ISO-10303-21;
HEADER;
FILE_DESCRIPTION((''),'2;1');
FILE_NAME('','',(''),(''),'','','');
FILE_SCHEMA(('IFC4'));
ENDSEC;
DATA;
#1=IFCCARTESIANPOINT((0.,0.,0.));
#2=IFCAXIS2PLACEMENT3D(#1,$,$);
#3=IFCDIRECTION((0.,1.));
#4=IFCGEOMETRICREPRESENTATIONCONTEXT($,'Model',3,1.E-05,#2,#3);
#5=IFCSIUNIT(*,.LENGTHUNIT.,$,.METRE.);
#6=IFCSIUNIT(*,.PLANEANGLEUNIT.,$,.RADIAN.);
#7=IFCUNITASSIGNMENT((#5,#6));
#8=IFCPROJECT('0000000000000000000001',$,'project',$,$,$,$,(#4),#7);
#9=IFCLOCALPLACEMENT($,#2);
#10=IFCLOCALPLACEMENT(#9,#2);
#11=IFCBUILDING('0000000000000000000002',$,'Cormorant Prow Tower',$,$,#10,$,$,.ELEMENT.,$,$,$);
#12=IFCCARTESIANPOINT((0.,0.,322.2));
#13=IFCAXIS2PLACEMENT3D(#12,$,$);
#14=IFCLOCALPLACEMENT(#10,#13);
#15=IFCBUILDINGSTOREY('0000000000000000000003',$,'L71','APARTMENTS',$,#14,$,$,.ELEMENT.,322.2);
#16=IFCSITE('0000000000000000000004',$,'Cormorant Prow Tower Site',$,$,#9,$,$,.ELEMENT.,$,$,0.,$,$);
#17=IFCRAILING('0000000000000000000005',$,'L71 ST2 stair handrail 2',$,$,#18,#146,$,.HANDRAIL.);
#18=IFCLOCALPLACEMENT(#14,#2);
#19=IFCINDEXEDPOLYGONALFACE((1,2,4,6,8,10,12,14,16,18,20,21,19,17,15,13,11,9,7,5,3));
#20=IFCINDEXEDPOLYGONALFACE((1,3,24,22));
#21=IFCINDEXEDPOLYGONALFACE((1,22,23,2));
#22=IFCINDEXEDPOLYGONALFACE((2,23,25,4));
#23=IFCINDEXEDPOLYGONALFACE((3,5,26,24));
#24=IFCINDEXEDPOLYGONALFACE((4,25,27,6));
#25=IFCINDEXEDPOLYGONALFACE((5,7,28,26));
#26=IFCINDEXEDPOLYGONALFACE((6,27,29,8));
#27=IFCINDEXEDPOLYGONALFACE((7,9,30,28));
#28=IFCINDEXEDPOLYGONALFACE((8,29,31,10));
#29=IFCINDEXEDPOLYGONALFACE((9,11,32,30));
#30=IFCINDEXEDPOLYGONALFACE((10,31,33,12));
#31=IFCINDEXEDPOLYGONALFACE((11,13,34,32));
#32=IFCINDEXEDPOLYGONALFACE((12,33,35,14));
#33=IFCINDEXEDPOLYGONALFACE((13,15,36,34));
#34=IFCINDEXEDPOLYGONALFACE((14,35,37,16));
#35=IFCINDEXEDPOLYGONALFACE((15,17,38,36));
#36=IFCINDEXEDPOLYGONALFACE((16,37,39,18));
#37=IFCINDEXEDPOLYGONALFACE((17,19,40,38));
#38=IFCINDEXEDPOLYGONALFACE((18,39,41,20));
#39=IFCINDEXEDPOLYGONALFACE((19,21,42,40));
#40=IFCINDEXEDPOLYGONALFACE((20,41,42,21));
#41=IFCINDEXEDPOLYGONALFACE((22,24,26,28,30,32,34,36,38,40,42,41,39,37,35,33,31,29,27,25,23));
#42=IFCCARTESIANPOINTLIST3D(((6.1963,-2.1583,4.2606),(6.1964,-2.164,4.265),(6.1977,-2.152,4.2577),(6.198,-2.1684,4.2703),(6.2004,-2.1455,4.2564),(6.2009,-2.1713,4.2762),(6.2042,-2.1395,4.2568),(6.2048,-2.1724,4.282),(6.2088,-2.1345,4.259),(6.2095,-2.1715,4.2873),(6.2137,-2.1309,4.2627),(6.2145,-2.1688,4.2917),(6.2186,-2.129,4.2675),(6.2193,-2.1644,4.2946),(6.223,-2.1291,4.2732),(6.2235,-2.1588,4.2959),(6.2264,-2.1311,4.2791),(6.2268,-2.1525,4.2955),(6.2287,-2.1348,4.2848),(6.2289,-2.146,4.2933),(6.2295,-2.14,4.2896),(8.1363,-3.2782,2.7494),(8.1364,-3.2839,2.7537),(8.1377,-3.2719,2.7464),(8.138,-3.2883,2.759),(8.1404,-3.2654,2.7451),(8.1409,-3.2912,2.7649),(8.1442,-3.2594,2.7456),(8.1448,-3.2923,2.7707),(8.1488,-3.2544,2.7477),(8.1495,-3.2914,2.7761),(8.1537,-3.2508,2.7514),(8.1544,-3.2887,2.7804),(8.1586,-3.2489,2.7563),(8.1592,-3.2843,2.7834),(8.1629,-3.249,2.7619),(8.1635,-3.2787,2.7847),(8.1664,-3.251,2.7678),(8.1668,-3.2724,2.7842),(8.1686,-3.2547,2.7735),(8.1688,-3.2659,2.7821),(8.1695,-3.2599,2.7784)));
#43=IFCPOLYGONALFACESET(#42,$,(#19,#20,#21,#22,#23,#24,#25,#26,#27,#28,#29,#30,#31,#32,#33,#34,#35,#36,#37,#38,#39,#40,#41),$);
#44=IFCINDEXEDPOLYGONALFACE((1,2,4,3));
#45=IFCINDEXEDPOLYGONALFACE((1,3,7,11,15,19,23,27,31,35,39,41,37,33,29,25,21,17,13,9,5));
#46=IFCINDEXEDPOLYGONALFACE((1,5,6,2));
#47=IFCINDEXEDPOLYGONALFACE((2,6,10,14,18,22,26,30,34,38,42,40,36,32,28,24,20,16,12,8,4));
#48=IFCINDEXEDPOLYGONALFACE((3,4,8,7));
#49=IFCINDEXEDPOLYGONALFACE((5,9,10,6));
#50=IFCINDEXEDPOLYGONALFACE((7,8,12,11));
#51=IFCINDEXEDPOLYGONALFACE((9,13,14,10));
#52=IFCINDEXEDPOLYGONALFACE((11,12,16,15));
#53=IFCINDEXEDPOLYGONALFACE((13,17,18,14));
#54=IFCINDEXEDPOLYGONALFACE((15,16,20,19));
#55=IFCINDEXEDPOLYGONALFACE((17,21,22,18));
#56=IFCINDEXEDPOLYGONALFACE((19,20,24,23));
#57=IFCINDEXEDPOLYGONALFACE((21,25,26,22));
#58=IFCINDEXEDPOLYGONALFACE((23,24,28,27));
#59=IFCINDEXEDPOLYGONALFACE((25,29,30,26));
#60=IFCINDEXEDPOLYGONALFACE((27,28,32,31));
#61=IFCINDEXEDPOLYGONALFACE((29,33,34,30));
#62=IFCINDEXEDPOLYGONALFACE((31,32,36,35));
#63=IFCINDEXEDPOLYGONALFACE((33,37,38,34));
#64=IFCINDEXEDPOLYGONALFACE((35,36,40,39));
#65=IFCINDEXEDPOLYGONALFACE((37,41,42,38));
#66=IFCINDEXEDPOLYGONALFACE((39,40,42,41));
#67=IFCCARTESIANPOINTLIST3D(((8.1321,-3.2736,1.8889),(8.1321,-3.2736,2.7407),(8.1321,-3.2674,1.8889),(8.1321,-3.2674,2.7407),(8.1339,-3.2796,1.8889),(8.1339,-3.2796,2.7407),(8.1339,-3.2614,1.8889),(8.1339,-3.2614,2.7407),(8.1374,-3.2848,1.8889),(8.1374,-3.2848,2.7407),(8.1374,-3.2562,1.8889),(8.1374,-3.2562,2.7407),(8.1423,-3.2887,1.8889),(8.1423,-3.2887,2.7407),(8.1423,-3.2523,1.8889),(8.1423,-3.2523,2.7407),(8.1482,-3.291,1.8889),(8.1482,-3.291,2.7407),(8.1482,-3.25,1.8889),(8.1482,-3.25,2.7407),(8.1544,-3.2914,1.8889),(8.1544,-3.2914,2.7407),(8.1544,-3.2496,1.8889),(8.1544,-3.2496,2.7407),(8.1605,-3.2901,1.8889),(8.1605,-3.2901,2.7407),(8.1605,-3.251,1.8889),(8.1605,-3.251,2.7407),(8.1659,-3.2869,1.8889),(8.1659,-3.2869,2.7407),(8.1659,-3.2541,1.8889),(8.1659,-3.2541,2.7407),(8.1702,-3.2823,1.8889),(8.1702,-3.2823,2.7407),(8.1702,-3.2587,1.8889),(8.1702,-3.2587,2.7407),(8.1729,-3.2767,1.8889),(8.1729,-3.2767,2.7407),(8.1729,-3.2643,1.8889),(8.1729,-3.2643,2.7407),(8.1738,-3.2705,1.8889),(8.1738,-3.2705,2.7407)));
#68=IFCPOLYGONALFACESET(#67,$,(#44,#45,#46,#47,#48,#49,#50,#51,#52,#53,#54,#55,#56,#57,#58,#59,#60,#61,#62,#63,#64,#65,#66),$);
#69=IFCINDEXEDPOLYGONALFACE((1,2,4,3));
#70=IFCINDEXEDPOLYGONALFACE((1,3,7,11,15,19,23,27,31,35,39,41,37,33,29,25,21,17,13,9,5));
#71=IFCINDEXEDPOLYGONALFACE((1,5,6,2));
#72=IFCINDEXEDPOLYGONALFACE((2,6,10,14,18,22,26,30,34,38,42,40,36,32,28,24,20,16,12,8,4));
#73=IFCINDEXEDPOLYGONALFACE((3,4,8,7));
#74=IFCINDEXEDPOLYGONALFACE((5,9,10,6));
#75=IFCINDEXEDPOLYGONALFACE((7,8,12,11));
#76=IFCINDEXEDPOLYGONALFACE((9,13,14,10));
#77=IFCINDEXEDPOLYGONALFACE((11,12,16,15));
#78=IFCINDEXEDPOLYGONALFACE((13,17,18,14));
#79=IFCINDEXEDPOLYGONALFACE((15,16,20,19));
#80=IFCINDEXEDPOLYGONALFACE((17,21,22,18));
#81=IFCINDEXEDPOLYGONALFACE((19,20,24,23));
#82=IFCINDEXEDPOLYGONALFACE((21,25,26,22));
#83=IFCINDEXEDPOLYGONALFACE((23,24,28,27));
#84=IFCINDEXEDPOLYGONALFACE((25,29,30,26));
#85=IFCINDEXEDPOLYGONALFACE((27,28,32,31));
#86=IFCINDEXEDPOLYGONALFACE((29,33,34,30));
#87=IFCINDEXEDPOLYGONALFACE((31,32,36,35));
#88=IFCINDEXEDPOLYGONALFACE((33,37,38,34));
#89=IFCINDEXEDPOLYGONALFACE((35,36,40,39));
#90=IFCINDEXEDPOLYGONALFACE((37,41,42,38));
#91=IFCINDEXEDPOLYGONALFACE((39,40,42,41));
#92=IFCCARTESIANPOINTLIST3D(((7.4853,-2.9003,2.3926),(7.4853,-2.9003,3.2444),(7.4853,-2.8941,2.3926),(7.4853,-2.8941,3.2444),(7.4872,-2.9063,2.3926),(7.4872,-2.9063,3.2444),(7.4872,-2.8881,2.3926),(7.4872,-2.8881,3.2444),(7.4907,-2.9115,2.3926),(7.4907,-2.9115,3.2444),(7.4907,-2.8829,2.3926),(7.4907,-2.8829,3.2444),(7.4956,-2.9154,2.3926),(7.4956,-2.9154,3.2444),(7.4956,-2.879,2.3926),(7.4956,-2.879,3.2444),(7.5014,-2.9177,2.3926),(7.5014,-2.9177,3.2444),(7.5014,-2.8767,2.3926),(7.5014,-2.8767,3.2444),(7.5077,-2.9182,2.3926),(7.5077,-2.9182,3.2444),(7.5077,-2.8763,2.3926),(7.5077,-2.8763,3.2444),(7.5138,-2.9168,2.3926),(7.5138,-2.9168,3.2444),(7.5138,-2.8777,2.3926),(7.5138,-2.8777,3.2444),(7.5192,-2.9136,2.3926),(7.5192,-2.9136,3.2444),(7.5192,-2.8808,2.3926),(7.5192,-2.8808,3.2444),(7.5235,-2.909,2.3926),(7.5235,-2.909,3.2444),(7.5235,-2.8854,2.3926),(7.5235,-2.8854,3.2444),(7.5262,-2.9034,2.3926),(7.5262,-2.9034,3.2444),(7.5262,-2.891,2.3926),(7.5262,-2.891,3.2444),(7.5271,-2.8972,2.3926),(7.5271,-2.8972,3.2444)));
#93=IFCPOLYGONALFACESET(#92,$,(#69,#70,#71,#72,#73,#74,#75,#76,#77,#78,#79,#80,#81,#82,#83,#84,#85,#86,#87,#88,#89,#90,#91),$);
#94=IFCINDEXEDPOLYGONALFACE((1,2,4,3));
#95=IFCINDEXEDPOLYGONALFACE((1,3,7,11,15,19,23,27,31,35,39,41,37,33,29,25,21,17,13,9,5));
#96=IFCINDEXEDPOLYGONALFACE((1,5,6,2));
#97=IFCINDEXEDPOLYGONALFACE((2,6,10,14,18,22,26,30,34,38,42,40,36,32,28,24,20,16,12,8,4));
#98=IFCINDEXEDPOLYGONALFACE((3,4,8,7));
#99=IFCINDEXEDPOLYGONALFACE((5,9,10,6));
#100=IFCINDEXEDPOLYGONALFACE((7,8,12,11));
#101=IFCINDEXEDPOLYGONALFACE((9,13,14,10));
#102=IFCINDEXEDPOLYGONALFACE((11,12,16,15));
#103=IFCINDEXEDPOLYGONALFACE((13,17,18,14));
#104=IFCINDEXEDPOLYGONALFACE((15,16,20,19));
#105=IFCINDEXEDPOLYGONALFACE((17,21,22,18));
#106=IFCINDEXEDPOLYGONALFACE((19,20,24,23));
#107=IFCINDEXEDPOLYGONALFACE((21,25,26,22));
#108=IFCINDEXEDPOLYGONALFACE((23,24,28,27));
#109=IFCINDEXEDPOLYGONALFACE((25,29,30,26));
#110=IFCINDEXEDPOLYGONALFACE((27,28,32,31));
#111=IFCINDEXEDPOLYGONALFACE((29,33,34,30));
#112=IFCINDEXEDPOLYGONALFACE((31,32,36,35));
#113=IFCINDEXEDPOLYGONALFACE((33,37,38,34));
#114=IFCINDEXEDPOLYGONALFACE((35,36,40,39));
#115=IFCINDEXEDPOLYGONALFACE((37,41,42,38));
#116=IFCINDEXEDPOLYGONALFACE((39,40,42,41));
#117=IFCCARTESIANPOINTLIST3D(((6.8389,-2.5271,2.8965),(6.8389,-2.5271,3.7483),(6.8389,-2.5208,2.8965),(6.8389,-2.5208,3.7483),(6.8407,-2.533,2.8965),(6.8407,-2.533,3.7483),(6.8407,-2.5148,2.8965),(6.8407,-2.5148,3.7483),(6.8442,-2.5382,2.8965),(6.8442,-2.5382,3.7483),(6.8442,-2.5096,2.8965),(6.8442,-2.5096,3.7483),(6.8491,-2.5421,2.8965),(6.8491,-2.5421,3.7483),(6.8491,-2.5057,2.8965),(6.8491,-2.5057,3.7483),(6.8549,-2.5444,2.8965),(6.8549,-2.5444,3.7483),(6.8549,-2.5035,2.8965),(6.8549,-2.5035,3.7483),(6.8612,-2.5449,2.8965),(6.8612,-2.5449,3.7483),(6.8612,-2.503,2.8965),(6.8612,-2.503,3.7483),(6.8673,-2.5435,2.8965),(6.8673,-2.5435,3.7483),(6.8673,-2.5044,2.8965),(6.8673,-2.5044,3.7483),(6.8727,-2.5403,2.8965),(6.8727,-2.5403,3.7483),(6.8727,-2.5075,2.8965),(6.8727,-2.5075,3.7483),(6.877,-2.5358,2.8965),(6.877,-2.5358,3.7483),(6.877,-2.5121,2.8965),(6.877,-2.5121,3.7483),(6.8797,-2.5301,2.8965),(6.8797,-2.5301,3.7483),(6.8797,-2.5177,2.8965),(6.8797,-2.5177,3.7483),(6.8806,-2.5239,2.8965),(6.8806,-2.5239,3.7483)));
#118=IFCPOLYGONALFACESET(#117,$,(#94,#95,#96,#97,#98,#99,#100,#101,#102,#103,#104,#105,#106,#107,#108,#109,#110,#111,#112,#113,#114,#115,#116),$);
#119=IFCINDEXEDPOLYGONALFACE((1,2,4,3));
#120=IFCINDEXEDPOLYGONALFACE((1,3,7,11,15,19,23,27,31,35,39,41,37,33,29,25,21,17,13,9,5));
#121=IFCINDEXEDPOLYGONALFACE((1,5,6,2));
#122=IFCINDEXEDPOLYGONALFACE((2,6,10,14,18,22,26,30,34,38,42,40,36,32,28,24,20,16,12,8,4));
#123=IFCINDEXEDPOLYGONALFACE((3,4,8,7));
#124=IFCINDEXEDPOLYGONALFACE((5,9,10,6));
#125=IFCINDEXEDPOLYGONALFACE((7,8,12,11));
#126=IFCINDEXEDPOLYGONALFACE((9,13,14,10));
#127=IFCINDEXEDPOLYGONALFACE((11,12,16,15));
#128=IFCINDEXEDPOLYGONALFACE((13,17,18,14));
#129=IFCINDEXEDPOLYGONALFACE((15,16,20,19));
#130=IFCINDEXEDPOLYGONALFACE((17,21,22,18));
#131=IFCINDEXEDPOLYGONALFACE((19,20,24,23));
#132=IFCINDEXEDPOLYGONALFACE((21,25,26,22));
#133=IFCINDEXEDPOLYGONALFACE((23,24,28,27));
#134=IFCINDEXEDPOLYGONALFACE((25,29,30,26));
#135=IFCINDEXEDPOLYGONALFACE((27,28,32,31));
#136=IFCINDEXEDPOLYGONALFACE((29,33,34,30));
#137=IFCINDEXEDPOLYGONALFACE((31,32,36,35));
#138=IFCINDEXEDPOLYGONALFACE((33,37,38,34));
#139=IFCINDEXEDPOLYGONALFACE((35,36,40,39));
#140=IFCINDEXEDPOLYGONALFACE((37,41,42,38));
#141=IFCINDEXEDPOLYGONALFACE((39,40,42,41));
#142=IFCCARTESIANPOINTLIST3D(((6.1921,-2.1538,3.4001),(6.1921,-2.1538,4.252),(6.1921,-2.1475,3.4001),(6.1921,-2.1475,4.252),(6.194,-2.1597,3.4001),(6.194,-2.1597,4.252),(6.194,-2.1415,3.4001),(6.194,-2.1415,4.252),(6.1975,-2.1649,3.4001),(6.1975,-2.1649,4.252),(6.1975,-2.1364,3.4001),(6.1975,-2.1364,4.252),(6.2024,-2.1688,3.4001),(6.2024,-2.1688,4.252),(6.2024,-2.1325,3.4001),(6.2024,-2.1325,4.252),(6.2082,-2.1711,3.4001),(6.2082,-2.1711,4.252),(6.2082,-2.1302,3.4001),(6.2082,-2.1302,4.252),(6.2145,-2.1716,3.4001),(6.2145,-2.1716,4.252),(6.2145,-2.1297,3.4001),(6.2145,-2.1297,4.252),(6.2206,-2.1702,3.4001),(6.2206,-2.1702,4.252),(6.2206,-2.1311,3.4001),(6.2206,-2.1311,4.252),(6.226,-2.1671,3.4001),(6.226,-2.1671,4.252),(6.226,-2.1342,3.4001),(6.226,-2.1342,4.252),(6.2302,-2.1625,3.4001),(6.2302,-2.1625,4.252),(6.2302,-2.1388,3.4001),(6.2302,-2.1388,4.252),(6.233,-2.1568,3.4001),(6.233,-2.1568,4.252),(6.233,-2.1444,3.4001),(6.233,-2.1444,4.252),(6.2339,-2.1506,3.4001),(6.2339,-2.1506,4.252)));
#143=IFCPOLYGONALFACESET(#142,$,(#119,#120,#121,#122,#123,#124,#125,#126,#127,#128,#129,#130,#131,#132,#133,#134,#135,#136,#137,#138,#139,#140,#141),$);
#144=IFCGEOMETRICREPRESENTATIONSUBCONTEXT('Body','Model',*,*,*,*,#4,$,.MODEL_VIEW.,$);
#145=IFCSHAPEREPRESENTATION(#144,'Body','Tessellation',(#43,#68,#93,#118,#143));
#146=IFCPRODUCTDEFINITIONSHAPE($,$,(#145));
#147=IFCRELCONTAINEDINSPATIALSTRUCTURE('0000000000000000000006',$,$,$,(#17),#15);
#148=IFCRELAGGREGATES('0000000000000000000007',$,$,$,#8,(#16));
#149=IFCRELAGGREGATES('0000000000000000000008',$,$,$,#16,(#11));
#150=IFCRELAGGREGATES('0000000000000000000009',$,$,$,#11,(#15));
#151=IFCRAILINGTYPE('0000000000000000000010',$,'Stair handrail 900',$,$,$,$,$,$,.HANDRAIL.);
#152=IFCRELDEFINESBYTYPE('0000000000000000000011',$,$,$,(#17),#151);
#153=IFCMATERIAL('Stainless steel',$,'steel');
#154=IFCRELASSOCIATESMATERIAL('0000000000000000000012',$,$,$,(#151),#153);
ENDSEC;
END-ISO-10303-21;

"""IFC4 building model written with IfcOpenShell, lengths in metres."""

from ifc_helpers import new_model, si_unit, direction, frame, origin, origin_2d, place, context, subcontext, project, spatial, circle, extrude, material, type_object, element, save


model = new_model("IFC4")

# Units and contexts
model_context = context("Model", 3, precision=1e-05, world=origin(), true_north=direction((0.0, 1.0)))
body_context = subcontext(model_context, "Body", "Model", "MODEL_VIEW")
ifc_project = project(units=[si_unit("LENGTHUNIT", "METRE"), si_unit("PLANEANGLEUNIT", "RADIAN")], contexts=[model_context])

# Site, building, storey
site_placement = place(None, origin())
site = spatial("IfcSite", under=ifc_project, at=site_placement, Name="Cormorant Prow Tower Site", CompositionType="ELEMENT", RefElevation=0.0)
building_placement = place(site_placement, origin())
building = spatial("IfcBuilding", under=site, at=building_placement, Name="Cormorant Prow Tower", CompositionType="ELEMENT")
storey_placement = place(building_placement, frame((0.0, 0.0, 322.2)))
storey = spatial("IfcBuildingStorey", under=building, at=storey_placement, Name="L71", Description="APARTMENTS", CompositionType="ELEMENT", Elevation=322.2)

# Railing
ifc_material_1 = material(Name="Stainless steel", Category="steel")
railing_type_1 = type_object("IfcRailingType", Name="Stair handrail 900", PredefinedType="HANDRAIL", material=ifc_material_1)
railing_1_placement = place(storey_placement, frame((8.1528, -3.2705, 1.8889)))
element("IfcRailing", 1, at=railing_1_placement, inside=storey, type_object=railing_type_1, Name="L71 ST2 stair handrail 2", PredefinedType="HANDRAIL", context=body_context, shape_type="SweptSolid", body=[
    extrude(circle(Radius=0.0239, at=origin_2d()), frame((0.0, 0.0, 0.876), z_axis=(-0.71794, 0.414447, 0.559281), x_axis=(-0.499949, -0.866055, 0.0)), (0.0, 0.0, 1.0), 2.7021),
    extrude(circle(Radius=0.021, at=origin_2d()), origin(), (0.0, 0.0, 1.0), 0.8518),
    extrude(circle(Radius=0.021, at=origin_2d()), frame((-0.6467, 0.3733, 0.5037)), (0.0, 0.0, 1.0), 0.8518),
    extrude(circle(Radius=0.021, at=origin_2d()), frame((-1.2932, 0.7466, 1.0076)), (0.0, 0.0, 1.0), 0.8518),
    extrude(circle(Radius=0.021, at=origin_2d()), frame((-1.9399, 1.1199, 1.5112)), (0.0, 0.0, 1.0), 0.8518),
])

save(model, "model.ifc")
